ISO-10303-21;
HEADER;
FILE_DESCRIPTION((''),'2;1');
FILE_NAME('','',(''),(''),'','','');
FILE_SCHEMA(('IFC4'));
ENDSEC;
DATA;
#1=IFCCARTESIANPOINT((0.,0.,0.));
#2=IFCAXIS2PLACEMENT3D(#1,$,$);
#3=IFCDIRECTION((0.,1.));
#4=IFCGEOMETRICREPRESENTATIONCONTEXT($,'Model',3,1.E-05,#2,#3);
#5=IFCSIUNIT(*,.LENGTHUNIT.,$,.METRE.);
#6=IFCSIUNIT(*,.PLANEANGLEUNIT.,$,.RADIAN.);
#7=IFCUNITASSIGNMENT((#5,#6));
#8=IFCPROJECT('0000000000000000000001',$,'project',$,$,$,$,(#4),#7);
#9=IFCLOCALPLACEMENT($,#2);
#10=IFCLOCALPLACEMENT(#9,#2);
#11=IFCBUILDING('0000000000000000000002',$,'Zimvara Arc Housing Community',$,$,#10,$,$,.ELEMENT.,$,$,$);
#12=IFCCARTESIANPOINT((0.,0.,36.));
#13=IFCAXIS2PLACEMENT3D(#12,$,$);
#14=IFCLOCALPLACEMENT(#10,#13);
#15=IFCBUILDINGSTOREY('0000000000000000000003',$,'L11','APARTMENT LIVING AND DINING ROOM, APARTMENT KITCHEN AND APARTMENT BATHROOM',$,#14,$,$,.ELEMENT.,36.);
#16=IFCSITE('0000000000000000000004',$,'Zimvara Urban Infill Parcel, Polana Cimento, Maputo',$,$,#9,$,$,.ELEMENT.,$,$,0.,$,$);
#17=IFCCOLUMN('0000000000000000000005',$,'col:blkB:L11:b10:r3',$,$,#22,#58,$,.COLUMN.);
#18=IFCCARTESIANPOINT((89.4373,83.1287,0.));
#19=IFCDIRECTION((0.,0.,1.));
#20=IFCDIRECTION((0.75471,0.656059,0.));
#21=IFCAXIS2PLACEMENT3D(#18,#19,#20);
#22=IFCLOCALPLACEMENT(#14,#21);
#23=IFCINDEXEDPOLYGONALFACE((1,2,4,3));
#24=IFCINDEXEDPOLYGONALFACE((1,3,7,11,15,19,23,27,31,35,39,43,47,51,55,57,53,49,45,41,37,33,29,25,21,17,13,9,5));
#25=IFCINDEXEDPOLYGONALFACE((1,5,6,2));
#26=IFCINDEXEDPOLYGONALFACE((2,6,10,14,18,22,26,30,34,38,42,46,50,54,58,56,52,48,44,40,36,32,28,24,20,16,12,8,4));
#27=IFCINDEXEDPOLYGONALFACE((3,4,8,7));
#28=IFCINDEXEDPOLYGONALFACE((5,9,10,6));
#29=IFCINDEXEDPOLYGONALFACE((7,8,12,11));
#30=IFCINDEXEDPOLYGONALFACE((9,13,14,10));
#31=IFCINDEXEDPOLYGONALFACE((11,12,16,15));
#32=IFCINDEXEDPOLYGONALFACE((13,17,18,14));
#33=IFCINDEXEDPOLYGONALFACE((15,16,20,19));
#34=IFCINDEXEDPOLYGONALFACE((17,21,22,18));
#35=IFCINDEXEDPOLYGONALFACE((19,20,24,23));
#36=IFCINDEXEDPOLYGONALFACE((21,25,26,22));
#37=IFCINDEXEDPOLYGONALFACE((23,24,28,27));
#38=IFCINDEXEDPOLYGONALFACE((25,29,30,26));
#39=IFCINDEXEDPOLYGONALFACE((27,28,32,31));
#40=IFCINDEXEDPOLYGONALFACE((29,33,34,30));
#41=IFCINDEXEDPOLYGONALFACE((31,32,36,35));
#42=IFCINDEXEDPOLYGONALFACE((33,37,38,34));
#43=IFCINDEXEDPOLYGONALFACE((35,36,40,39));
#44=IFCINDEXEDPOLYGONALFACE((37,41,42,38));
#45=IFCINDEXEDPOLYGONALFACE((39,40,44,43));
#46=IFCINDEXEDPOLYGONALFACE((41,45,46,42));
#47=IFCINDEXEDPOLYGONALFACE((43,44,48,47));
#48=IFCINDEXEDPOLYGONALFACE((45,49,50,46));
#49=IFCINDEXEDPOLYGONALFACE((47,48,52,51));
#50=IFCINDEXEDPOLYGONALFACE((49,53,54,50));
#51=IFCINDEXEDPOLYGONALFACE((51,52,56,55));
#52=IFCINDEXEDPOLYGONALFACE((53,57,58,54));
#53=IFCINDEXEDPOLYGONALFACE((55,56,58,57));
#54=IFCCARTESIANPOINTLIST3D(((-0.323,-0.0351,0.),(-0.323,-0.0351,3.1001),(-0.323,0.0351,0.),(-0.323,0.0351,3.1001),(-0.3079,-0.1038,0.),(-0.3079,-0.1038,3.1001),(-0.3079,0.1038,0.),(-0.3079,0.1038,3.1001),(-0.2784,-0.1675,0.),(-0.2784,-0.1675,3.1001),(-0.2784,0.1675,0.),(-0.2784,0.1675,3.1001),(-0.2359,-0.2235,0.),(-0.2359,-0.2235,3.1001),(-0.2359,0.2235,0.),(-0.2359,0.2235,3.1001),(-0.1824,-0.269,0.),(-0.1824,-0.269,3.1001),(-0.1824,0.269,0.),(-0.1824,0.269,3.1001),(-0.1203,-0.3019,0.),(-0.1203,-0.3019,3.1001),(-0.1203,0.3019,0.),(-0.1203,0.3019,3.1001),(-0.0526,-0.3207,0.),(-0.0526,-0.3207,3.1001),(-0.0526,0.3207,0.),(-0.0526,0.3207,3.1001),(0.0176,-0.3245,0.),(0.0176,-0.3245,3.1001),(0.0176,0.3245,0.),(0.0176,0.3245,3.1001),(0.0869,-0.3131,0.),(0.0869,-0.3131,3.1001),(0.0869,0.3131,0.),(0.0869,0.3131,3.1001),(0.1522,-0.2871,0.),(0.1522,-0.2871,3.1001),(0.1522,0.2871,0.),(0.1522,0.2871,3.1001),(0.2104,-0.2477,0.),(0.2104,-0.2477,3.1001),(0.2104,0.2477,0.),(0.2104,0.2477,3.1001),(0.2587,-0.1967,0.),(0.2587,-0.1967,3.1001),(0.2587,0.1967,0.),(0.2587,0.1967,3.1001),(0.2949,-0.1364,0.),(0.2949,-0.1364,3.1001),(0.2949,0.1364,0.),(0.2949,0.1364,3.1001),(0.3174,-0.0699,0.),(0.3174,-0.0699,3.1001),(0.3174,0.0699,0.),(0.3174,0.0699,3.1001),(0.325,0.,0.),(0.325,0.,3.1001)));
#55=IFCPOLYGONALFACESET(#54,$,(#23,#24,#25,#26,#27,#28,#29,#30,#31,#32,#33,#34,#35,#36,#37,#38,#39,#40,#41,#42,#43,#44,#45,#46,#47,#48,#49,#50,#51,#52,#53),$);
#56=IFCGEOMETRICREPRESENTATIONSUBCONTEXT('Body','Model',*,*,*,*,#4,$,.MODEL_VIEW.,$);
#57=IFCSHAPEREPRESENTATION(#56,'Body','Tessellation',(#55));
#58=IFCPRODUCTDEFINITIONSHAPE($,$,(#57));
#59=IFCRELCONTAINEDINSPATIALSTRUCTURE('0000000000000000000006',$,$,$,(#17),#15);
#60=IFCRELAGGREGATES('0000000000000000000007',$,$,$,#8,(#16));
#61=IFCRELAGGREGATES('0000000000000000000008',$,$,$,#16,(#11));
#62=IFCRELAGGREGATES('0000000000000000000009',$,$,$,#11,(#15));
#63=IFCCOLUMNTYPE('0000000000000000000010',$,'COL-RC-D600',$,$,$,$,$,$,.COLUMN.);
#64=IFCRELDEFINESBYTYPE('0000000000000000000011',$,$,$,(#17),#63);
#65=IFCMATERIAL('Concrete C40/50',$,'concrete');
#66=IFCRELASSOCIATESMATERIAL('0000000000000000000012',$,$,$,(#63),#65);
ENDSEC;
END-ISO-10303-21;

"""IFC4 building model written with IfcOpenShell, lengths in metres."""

from ifc_helpers import new_model, si_unit, direction, frame, origin, origin_2d, place, context, subcontext, project, spatial, circle, extrude, material, material_profile, profile_set, type_object, element, save


model = new_model("IFC4")

# Units and contexts
model_context = context("Model", 3, precision=1e-05, world=origin(), true_north=direction((0.0, 1.0)))
body_context = subcontext(model_context, "Body", "Model", "MODEL_VIEW")
ifc_project = project(units=[si_unit("LENGTHUNIT", "METRE"), si_unit("PLANEANGLEUNIT", "RADIAN")], contexts=[model_context])

# Site, building, storey
site_placement = place(None, origin())
site = spatial("IfcSite", under=ifc_project, at=site_placement, Name="Zimvara Urban Infill Parcel, Polana Cimento, Maputo", CompositionType="ELEMENT", RefElevation=0.0)
building_placement = place(site_placement, origin())
building = spatial("IfcBuilding", under=site, at=building_placement, Name="Zimvara Arc Housing Community", CompositionType="ELEMENT")
storey_placement = place(building_placement, frame((0.0, 0.0, 36.0)))
storey = spatial("IfcBuildingStorey", under=building, at=storey_placement, Name="L11", Description="APARTMENT LIVING AND DINING ROOM, APARTMENT KITCHEN AND APARTMENT BATHROOM", CompositionType="ELEMENT", Elevation=36.0)

# Column
ifc_material_1 = material(Name="Concrete C40/50", Category="concrete")
ifc_material_profile_1 = material_profile(ifc_material_1, circle(Radius=0.325, at=origin_2d()), Name="RC D650")
ifc_profile_set_1 = profile_set([ifc_material_profile_1], Name="Concrete C40/50")
column_type_1 = type_object("IfcColumnType", Name="COL-RC-D600", PredefinedType="COLUMN", material=ifc_profile_set_1)
column_placement = place(storey_placement, frame((89.4373, 83.1287, 0.0), z_axis=(0.0, 0.0, 1.0), x_axis=(0.75471, 0.656059, 0.0)))
element("IfcColumn", 1, at=column_placement, inside=storey, type_object=column_type_1, Name="col:blkB:L11:b10:r3", PredefinedType="COLUMN", context=body_context, shape_type="SweptSolid", body=[
    extrude(circle(Radius=0.325, at=origin_2d()), origin(), (0.0, 0.0, 1.0), 3.1001),
])

save(model, "model.ifc")
